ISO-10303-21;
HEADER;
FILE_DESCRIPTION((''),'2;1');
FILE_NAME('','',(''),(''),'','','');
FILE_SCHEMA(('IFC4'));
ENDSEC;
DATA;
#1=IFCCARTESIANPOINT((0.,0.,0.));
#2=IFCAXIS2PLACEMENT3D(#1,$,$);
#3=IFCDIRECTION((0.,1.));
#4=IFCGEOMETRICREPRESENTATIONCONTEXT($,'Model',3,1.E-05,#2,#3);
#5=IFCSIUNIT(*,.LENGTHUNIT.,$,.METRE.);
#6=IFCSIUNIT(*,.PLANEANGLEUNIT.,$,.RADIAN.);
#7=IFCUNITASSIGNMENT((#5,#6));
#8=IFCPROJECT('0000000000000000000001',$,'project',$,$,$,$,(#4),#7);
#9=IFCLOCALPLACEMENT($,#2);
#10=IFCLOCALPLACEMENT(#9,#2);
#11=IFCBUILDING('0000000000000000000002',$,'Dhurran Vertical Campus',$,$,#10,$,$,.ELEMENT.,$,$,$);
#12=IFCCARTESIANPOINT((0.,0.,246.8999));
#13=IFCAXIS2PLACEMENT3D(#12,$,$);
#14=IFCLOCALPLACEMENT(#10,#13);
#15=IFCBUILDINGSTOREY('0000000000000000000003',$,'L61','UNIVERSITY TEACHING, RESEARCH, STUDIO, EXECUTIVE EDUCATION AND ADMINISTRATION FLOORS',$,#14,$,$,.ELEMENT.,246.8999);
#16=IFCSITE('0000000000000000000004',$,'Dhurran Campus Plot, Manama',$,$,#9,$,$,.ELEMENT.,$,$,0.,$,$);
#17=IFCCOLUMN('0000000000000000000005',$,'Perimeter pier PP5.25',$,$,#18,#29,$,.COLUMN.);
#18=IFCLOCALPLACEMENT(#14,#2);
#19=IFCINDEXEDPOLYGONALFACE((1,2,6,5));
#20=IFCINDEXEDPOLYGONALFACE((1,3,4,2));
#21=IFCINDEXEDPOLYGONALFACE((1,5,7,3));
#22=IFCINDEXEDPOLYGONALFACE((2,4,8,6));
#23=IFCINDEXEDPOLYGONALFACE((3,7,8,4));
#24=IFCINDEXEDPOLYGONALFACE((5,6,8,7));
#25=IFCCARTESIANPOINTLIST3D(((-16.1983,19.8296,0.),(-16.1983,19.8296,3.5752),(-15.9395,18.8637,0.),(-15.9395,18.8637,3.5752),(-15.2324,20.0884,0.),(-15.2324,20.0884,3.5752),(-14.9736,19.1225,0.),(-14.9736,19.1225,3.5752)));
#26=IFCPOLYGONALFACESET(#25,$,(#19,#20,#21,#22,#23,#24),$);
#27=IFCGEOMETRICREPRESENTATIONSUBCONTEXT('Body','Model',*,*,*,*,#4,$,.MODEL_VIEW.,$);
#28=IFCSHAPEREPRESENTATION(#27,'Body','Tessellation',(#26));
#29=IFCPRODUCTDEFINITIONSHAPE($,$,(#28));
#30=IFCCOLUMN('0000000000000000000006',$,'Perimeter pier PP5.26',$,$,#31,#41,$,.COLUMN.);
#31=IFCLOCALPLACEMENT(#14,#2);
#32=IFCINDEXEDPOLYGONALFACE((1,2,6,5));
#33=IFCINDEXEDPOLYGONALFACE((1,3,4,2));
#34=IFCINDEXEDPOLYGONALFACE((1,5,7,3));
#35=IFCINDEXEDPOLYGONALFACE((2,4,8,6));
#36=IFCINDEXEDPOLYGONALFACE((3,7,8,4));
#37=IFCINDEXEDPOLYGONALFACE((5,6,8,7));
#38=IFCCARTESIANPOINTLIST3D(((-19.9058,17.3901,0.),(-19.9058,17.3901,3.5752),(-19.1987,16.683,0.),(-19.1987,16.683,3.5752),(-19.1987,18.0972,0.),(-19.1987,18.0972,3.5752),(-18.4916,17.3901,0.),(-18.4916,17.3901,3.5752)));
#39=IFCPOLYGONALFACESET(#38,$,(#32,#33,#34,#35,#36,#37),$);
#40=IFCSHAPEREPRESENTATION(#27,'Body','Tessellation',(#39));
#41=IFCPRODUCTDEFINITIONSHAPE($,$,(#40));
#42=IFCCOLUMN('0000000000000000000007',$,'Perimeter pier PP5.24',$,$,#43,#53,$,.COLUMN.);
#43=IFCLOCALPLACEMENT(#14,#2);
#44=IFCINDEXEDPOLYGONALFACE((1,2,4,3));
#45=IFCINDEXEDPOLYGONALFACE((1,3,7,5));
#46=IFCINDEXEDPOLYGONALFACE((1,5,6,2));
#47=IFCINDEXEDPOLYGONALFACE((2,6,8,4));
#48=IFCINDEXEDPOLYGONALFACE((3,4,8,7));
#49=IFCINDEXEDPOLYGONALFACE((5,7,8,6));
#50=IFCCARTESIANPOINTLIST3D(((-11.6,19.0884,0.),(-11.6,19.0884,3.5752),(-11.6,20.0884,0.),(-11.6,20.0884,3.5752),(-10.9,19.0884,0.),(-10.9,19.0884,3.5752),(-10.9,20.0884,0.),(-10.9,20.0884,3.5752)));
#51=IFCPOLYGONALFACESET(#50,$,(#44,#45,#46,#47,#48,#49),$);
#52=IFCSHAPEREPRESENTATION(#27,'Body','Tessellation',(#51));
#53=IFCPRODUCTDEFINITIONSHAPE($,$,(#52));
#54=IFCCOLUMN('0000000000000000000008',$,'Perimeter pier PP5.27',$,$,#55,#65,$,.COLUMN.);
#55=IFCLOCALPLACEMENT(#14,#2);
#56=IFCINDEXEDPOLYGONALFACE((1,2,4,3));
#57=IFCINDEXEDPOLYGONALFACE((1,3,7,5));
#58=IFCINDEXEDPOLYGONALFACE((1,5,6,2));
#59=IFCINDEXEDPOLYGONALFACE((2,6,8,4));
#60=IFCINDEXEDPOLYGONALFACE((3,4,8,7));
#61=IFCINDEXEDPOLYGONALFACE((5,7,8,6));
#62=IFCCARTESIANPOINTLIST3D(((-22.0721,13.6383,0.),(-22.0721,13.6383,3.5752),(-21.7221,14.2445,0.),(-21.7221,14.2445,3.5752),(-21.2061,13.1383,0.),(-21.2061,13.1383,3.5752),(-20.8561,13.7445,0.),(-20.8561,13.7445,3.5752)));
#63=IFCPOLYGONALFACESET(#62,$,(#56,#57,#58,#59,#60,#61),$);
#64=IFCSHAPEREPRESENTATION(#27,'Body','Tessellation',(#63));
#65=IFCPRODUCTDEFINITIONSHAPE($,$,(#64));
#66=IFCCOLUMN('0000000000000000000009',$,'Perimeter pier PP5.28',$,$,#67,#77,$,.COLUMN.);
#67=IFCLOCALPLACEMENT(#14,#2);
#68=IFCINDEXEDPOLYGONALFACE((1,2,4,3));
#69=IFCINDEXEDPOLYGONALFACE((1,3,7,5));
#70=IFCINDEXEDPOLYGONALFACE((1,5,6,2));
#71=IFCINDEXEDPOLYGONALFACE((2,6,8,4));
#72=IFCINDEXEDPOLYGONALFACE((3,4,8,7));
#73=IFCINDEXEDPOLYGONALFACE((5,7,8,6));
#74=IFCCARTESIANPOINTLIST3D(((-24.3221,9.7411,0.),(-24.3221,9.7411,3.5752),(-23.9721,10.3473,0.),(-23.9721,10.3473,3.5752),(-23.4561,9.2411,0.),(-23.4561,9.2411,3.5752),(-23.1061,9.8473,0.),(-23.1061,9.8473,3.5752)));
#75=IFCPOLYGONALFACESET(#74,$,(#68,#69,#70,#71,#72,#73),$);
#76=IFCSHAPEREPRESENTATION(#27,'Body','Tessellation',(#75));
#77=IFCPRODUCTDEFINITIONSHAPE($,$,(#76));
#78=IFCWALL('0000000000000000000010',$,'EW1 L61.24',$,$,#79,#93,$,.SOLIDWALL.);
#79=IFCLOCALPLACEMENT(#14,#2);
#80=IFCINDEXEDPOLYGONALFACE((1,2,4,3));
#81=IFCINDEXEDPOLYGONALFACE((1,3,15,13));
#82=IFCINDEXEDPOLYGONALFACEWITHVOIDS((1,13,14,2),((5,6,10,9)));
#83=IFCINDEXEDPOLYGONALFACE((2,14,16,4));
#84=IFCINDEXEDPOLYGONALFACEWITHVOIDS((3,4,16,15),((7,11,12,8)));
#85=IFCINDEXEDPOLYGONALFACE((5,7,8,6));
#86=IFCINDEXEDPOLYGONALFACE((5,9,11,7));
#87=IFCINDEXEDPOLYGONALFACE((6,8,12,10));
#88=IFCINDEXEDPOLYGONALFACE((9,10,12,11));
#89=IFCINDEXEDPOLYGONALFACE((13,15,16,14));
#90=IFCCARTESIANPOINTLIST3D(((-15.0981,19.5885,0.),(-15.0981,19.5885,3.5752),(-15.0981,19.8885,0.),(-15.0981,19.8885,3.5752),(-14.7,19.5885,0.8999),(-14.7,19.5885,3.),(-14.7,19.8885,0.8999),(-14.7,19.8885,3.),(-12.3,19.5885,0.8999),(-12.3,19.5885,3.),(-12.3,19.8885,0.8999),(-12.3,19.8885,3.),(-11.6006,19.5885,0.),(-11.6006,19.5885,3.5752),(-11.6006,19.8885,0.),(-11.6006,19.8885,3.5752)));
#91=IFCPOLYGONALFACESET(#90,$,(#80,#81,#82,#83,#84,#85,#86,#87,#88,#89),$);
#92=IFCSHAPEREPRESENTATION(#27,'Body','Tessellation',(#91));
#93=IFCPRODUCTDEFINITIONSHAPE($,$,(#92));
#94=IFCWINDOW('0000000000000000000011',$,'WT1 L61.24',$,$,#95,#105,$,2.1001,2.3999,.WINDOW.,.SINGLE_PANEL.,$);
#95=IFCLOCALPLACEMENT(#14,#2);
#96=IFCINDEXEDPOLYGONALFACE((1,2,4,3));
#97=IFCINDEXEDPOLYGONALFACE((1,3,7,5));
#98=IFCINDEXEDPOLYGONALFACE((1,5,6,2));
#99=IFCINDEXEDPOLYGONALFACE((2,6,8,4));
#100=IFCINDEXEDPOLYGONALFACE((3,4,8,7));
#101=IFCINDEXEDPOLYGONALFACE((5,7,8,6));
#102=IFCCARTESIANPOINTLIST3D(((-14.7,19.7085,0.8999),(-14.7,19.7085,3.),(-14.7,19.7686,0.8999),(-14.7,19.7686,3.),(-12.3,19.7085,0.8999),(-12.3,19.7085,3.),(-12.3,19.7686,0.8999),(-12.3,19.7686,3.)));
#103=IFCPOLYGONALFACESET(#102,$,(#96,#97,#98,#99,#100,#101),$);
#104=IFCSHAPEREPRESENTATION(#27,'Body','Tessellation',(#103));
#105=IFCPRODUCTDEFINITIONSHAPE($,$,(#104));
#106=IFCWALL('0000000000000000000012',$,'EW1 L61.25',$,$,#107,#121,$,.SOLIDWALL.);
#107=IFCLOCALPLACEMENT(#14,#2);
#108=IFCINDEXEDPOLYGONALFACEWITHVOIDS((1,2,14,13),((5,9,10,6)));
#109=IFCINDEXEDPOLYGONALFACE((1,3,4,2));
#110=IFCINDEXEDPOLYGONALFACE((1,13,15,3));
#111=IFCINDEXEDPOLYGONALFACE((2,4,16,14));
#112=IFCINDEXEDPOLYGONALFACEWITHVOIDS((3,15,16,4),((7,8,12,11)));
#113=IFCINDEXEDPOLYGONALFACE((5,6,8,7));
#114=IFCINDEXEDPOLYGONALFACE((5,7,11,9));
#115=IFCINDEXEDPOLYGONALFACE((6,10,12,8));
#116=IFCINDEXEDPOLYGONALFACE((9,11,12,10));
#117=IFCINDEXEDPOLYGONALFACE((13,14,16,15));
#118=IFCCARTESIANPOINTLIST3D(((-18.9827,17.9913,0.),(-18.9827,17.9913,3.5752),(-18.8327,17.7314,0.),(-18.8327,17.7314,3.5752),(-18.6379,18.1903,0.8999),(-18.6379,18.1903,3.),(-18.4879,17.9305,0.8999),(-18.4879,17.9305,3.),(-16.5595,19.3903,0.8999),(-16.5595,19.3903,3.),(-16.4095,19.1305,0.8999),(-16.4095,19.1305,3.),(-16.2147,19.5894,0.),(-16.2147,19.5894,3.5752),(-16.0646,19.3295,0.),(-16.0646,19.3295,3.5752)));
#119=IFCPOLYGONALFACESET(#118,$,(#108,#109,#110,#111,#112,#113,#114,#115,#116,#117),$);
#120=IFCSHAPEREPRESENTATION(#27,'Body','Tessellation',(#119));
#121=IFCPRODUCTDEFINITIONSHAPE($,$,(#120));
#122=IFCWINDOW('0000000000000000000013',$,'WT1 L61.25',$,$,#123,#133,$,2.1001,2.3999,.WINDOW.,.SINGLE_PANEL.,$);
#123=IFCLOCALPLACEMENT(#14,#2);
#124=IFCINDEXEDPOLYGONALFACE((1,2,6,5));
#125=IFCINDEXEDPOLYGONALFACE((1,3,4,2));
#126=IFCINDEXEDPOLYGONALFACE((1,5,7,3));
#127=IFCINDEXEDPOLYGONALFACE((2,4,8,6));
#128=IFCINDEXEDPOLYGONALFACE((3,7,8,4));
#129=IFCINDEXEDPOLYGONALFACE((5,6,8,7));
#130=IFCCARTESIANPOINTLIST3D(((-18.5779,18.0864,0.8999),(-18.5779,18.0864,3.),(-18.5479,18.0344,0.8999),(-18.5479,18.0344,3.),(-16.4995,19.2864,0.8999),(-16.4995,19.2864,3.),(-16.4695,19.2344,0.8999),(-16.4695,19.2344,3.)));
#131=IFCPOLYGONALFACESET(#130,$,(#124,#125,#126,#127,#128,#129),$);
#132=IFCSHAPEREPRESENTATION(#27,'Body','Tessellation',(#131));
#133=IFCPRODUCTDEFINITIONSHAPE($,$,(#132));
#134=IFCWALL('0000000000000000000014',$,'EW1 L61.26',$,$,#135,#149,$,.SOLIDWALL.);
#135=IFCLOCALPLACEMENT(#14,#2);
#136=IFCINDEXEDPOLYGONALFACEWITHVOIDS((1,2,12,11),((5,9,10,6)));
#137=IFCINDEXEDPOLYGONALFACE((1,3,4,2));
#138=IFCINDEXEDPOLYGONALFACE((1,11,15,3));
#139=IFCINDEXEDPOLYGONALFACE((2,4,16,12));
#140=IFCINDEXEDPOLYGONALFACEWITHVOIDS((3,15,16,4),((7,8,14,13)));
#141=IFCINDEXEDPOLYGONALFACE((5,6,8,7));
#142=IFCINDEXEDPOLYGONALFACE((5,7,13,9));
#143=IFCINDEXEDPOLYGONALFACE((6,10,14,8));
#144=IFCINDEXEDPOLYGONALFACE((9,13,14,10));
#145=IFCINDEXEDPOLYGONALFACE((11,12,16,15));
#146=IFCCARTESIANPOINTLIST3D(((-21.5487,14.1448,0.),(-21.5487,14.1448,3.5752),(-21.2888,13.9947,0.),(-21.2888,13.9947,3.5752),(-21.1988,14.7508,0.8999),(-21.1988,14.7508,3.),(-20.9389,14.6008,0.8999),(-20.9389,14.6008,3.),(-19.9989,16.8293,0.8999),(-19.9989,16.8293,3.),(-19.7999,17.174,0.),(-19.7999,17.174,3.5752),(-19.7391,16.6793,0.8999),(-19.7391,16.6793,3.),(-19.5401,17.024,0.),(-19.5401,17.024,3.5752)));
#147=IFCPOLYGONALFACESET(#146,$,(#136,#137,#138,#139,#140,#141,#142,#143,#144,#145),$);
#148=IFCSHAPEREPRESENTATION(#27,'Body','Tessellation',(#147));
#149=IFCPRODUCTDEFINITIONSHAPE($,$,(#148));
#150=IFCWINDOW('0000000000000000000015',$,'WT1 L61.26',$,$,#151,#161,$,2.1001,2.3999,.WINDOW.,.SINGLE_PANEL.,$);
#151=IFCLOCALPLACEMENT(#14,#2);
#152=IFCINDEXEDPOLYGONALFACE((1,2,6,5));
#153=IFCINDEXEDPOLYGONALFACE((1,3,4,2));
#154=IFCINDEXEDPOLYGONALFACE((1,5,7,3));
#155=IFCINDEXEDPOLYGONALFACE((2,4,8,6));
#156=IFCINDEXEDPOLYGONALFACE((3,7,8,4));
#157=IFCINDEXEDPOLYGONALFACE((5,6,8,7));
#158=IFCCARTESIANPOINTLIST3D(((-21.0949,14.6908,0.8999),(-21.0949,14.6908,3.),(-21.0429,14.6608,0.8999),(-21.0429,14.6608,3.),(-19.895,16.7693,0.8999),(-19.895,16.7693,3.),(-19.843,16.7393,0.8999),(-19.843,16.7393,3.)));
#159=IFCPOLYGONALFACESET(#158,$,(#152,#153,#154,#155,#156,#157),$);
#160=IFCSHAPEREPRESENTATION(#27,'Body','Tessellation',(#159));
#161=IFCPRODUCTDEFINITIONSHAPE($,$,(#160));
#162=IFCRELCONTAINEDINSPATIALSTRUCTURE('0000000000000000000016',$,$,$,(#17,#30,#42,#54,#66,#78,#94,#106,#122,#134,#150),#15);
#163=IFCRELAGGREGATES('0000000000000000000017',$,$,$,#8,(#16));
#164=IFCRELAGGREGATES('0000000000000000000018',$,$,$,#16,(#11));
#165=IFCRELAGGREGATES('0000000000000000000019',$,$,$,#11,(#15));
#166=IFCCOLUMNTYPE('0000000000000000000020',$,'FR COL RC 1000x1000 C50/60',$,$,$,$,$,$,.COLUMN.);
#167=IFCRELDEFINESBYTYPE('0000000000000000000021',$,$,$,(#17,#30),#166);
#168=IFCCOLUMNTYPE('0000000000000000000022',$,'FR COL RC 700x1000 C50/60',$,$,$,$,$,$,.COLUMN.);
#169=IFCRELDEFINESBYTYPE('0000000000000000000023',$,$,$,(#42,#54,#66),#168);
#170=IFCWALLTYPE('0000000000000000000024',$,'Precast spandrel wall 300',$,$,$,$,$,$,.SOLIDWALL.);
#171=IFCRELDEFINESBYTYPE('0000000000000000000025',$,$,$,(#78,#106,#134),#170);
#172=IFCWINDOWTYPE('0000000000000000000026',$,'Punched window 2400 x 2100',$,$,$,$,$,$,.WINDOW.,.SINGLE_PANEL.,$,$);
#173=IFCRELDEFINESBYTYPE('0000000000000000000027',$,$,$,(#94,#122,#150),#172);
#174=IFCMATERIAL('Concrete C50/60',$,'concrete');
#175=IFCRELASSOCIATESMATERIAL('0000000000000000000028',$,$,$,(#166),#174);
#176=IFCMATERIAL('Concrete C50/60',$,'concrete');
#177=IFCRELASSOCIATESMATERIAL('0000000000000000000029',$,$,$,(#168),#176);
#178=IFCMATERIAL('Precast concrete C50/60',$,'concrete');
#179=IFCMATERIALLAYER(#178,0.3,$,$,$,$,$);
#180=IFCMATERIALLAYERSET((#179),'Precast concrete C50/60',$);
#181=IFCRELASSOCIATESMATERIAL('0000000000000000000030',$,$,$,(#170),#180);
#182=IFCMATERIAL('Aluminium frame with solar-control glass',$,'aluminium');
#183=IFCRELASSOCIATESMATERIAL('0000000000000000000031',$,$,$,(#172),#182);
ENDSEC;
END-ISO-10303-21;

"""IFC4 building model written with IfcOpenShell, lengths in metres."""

from ifc_helpers import new_model, si_unit, direction, frame, frame_2d, origin, origin_2d, place, context, subcontext, project, spatial, rectangle, extrude, material, layer, layer_set, material_profile, profile_set, type_object, element, fill, save


model = new_model("IFC4")

# Units and contexts
model_context = context("Model", 3, precision=1e-05, world=origin(), true_north=direction((0.0, 1.0)))
body_context = subcontext(model_context, "Body", "Model", "MODEL_VIEW")
ifc_project = project(units=[si_unit("LENGTHUNIT", "METRE"), si_unit("PLANEANGLEUNIT", "RADIAN")], contexts=[model_context])

# Site, building, storey
site_placement = place(None, origin())
site = spatial("IfcSite", under=ifc_project, at=site_placement, Name="Dhurran Campus Plot, Manama", CompositionType="ELEMENT", RefElevation=0.0)
building_placement = place(site_placement, origin())
building = spatial("IfcBuilding", under=site, at=building_placement, Name="Dhurran Vertical Campus", CompositionType="ELEMENT")
storey_placement = place(building_placement, frame((0.0, 0.0, 246.8999)))
storey = spatial("IfcBuildingStorey", under=building, at=storey_placement, Name="L61", Description="UNIVERSITY TEACHING, RESEARCH, STUDIO, EXECUTIVE EDUCATION AND ADMINISTRATION FLOORS", CompositionType="ELEMENT", Elevation=246.8999)

# Columns
ifc_material_1 = material(Name="Concrete C50/60", Category="concrete")
ifc_material_profile_1 = material_profile(ifc_material_1, rectangle(XDim=1.0, YDim=1.0, at=origin_2d()), Name="RC 1000x1000")
ifc_profile_set_1 = profile_set([ifc_material_profile_1], Name="Concrete C50/60")
column_type_1 = type_object("IfcColumnType", Name="FR COL RC 1000x1000 C50/60", PredefinedType="COLUMN", material=ifc_profile_set_1)
for number, where, z_axis, x_axis, name in (
    (1, (-15.5859, 19.4761, 0.0), (0.0, 0.0, 1.0), (-0.965926, -0.258819, 0.0), "Perimeter pier PP5.25"),
    (2, (-19.1987, 17.3901, 0.0), (0.0, 0.0, 1.0), (-0.707107, -0.707107, 0.0), "Perimeter pier PP5.26"),
):
    element("IfcColumn", number, at=place(storey_placement, frame(where, z_axis=z_axis, x_axis=x_axis)), inside=storey, type_object=column_type_1, Name=name, PredefinedType="COLUMN", context=body_context, shape_type="SweptSolid", body=[
        extrude(rectangle(XDim=1.0, YDim=1.0, at=origin_2d()), origin(), (0.0, 0.0, 1.0), 3.5752),
    ])
ifc_material_2 = material(Name="Concrete C50/60", Category="concrete")
ifc_material_profile_2 = material_profile(ifc_material_2, rectangle(XDim=0.7, YDim=1.0, at=origin_2d()), Name="RC 700x1000")
ifc_profile_set_2 = profile_set([ifc_material_profile_2], Name="Concrete C50/60")
column_type_2 = type_object("IfcColumnType", Name="FR COL RC 700x1000 C50/60", PredefinedType="COLUMN", material=ifc_profile_set_2)
for number, where, z_axis, x_axis, name in (
    (3, (-11.25, 19.5884, 0.0), (0.0, 0.0, 1.0), (-1.0, 0.0, 0.0), "Perimeter pier PP5.24"),
    (4, (-21.4641, 13.6914, 0.0), (0.0, 0.0, 1.0), (-0.5, -0.866025, 0.0), "Perimeter pier PP5.27"),
    (5, (-23.7141, 9.7942, 0.0), (0.0, 0.0, 1.0), (-0.5, -0.866025, 0.0), "Perimeter pier PP5.28"),
):
    element("IfcColumn", number, at=place(storey_placement, frame(where, z_axis=z_axis, x_axis=x_axis)), inside=storey, type_object=column_type_2, Name=name, PredefinedType="COLUMN", context=body_context, shape_type="SweptSolid", body=[
        extrude(rectangle(XDim=0.7, YDim=1.0, at=origin_2d()), origin(), (0.0, 0.0, 1.0), 3.5752),
    ])

# Walls, openings, windows
ifc_material_3 = material(Name="Precast concrete C50/60", Category="concrete")
ifc_layer_1 = layer(ifc_material_3, 0.3)
ifc_layer_set_1 = layer_set([ifc_layer_1], Name="Precast concrete C50/60")
wall_type_1 = type_object("IfcWallType", Name="Precast spandrel wall 300", PredefinedType="SOLIDWALL", material=ifc_layer_set_1)
wall_1_placement = place(storey_placement, frame((-11.6006, 19.7385, 0.0), z_axis=(0.0, 0.0, 1.0), x_axis=(-1.0, 0.0, 0.0)))
wall_1 = element("IfcWall", 6, at=wall_1_placement, inside=storey, type_object=wall_type_1, Name="EW1 L61.24", PredefinedType="SOLIDWALL", context=body_context, shape_type="SweptSolid", body=[
    extrude(rectangle(XDim=3.4976, YDim=0.3, at=frame_2d((1.7488, 0.0))), origin(), (0.0, 0.0, 1.0), 3.5752),
])
opening_1_placement = place(wall_1_placement, frame((0.6995, 0.0, 0.8999)))
opening_1 = element("IfcOpeningElement", 7, at=opening_1_placement, cuts=wall_1, PredefinedType="OPENING", context=body_context, shape_type="SweptSolid", body=[
    extrude(rectangle(XDim=2.3999, YDim=2.1001, at=frame_2d((1.2, 1.05))), frame((0.0, 0.1599, 0.0), z_axis=(0.0, -1.0, 0.0), x_axis=(1.0, 0.0, 0.0)), (0.0, 0.0, 1.0), 0.3201),
])
ifc_material_4 = material(Name="Aluminium frame with solar-control glass", Category="aluminium")
window_type = type_object("IfcWindowType", Name="Punched window 2400 x 2100", PartitioningType="SINGLE_PANEL", PredefinedType="WINDOW", material=ifc_material_4)
window_1_placement = place(opening_1_placement, origin())
window_1 = element("IfcWindow", 8, at=window_1_placement, inside=storey, type_object=window_type, Name="WT1 L61.24", OverallHeight=2.1001, OverallWidth=2.3999, PartitioningType="SINGLE_PANEL", PredefinedType="WINDOW", context=body_context, shape_type="SweptSolid", body=[
    extrude(rectangle(XDim=2.3999, YDim=2.1001, at=frame_2d((1.2, 1.05))), frame((0.0, 0.03, 0.0), z_axis=(0.0, -1.0, 0.0), x_axis=(1.0, 0.0, 0.0)), (0.0, 0.0, 1.0), 0.0601),
])
fill(opening_1, window_1)
wall_2_placement = place(storey_placement, frame((-16.1396, 19.4595, 0.0), z_axis=(0.0, 0.0, 1.0), x_axis=(-0.866025, -0.5, 0.0)))
wall_2 = element("IfcWall", 9, at=wall_2_placement, inside=storey, type_object=wall_type_1, Name="EW1 L61.25", PredefinedType="SOLIDWALL", context=body_context, shape_type="SweptSolid", body=[
    extrude(rectangle(XDim=3.1963, YDim=0.3, at=frame_2d((1.5981, 0.0))), origin(), (0.0, 0.0, 1.0), 3.5752),
])
opening_2_placement = place(wall_2_placement, frame((0.3982, 0.0, 0.8999)))
opening_2 = element("IfcOpeningElement", 10, at=opening_2_placement, cuts=wall_2, PredefinedType="OPENING", context=body_context, shape_type="SweptSolid", body=[
    extrude(rectangle(XDim=2.3999, YDim=2.1001, at=frame_2d((1.2, 1.05))), frame((0.0, 0.1599, 0.0), z_axis=(0.0, -1.0, 0.0), x_axis=(1.0, 0.0, 0.0)), (0.0, 0.0, 1.0), 0.3201),
])
window_2_placement = place(opening_2_placement, origin())
window_2 = element("IfcWindow", 11, at=window_2_placement, inside=storey, type_object=window_type, Name="WT1 L61.25", OverallHeight=2.1001, OverallWidth=2.3999, PartitioningType="SINGLE_PANEL", PredefinedType="WINDOW", context=body_context, shape_type="SweptSolid", body=[
    extrude(rectangle(XDim=2.3999, YDim=2.1001, at=frame_2d((1.2, 1.05))), frame((0.0, 0.03, 0.0), z_axis=(0.0, -1.0, 0.0), x_axis=(1.0, 0.0, 0.0)), (0.0, 0.0, 1.0), 0.0601),
])
fill(opening_2, window_2)
wall_3_placement = place(storey_placement, frame((-19.6699, 17.0991, 0.0), z_axis=(0.0, 0.0, 1.0), x_axis=(-0.49996, -0.866048, 0.0)))
wall_3 = element("IfcWall", 12, at=wall_3_placement, inside=storey, type_object=wall_type_1, Name="EW1 L61.26", PredefinedType="SOLIDWALL", context=body_context, shape_type="SweptSolid", body=[
    extrude(rectangle(XDim=3.4978, YDim=0.3, at=frame_2d((1.749, 0.0))), origin(), (0.0, 0.0, 1.0), 3.5752),
])
opening_3_placement = place(wall_3_placement, frame((0.3982, 0.0, 0.8999)))
opening_3 = element("IfcOpeningElement", 13, at=opening_3_placement, cuts=wall_3, PredefinedType="OPENING", context=body_context, shape_type="SweptSolid", body=[
    extrude(rectangle(XDim=2.3999, YDim=2.1001, at=frame_2d((1.2, 1.05))), frame((0.0, 0.1599, 0.0), z_axis=(0.0, -1.0, 0.0), x_axis=(1.0, 0.0, 0.0)), (0.0, 0.0, 1.0), 0.3201),
])
window_3_placement = place(opening_3_placement, origin())
window_3 = element("IfcWindow", 14, at=window_3_placement, inside=storey, type_object=window_type, Name="WT1 L61.26", OverallHeight=2.1001, OverallWidth=2.3999, PartitioningType="SINGLE_PANEL", PredefinedType="WINDOW", context=body_context, shape_type="SweptSolid", body=[
    extrude(rectangle(XDim=2.3999, YDim=2.1001, at=frame_2d((1.2, 1.05))), frame((0.0, 0.03, 0.0), z_axis=(0.0, -1.0, 0.0), x_axis=(1.0, 0.0, 0.0)), (0.0, 0.0, 1.0), 0.0601),
])
fill(opening_3, window_3)

save(model, "model.ifc")
